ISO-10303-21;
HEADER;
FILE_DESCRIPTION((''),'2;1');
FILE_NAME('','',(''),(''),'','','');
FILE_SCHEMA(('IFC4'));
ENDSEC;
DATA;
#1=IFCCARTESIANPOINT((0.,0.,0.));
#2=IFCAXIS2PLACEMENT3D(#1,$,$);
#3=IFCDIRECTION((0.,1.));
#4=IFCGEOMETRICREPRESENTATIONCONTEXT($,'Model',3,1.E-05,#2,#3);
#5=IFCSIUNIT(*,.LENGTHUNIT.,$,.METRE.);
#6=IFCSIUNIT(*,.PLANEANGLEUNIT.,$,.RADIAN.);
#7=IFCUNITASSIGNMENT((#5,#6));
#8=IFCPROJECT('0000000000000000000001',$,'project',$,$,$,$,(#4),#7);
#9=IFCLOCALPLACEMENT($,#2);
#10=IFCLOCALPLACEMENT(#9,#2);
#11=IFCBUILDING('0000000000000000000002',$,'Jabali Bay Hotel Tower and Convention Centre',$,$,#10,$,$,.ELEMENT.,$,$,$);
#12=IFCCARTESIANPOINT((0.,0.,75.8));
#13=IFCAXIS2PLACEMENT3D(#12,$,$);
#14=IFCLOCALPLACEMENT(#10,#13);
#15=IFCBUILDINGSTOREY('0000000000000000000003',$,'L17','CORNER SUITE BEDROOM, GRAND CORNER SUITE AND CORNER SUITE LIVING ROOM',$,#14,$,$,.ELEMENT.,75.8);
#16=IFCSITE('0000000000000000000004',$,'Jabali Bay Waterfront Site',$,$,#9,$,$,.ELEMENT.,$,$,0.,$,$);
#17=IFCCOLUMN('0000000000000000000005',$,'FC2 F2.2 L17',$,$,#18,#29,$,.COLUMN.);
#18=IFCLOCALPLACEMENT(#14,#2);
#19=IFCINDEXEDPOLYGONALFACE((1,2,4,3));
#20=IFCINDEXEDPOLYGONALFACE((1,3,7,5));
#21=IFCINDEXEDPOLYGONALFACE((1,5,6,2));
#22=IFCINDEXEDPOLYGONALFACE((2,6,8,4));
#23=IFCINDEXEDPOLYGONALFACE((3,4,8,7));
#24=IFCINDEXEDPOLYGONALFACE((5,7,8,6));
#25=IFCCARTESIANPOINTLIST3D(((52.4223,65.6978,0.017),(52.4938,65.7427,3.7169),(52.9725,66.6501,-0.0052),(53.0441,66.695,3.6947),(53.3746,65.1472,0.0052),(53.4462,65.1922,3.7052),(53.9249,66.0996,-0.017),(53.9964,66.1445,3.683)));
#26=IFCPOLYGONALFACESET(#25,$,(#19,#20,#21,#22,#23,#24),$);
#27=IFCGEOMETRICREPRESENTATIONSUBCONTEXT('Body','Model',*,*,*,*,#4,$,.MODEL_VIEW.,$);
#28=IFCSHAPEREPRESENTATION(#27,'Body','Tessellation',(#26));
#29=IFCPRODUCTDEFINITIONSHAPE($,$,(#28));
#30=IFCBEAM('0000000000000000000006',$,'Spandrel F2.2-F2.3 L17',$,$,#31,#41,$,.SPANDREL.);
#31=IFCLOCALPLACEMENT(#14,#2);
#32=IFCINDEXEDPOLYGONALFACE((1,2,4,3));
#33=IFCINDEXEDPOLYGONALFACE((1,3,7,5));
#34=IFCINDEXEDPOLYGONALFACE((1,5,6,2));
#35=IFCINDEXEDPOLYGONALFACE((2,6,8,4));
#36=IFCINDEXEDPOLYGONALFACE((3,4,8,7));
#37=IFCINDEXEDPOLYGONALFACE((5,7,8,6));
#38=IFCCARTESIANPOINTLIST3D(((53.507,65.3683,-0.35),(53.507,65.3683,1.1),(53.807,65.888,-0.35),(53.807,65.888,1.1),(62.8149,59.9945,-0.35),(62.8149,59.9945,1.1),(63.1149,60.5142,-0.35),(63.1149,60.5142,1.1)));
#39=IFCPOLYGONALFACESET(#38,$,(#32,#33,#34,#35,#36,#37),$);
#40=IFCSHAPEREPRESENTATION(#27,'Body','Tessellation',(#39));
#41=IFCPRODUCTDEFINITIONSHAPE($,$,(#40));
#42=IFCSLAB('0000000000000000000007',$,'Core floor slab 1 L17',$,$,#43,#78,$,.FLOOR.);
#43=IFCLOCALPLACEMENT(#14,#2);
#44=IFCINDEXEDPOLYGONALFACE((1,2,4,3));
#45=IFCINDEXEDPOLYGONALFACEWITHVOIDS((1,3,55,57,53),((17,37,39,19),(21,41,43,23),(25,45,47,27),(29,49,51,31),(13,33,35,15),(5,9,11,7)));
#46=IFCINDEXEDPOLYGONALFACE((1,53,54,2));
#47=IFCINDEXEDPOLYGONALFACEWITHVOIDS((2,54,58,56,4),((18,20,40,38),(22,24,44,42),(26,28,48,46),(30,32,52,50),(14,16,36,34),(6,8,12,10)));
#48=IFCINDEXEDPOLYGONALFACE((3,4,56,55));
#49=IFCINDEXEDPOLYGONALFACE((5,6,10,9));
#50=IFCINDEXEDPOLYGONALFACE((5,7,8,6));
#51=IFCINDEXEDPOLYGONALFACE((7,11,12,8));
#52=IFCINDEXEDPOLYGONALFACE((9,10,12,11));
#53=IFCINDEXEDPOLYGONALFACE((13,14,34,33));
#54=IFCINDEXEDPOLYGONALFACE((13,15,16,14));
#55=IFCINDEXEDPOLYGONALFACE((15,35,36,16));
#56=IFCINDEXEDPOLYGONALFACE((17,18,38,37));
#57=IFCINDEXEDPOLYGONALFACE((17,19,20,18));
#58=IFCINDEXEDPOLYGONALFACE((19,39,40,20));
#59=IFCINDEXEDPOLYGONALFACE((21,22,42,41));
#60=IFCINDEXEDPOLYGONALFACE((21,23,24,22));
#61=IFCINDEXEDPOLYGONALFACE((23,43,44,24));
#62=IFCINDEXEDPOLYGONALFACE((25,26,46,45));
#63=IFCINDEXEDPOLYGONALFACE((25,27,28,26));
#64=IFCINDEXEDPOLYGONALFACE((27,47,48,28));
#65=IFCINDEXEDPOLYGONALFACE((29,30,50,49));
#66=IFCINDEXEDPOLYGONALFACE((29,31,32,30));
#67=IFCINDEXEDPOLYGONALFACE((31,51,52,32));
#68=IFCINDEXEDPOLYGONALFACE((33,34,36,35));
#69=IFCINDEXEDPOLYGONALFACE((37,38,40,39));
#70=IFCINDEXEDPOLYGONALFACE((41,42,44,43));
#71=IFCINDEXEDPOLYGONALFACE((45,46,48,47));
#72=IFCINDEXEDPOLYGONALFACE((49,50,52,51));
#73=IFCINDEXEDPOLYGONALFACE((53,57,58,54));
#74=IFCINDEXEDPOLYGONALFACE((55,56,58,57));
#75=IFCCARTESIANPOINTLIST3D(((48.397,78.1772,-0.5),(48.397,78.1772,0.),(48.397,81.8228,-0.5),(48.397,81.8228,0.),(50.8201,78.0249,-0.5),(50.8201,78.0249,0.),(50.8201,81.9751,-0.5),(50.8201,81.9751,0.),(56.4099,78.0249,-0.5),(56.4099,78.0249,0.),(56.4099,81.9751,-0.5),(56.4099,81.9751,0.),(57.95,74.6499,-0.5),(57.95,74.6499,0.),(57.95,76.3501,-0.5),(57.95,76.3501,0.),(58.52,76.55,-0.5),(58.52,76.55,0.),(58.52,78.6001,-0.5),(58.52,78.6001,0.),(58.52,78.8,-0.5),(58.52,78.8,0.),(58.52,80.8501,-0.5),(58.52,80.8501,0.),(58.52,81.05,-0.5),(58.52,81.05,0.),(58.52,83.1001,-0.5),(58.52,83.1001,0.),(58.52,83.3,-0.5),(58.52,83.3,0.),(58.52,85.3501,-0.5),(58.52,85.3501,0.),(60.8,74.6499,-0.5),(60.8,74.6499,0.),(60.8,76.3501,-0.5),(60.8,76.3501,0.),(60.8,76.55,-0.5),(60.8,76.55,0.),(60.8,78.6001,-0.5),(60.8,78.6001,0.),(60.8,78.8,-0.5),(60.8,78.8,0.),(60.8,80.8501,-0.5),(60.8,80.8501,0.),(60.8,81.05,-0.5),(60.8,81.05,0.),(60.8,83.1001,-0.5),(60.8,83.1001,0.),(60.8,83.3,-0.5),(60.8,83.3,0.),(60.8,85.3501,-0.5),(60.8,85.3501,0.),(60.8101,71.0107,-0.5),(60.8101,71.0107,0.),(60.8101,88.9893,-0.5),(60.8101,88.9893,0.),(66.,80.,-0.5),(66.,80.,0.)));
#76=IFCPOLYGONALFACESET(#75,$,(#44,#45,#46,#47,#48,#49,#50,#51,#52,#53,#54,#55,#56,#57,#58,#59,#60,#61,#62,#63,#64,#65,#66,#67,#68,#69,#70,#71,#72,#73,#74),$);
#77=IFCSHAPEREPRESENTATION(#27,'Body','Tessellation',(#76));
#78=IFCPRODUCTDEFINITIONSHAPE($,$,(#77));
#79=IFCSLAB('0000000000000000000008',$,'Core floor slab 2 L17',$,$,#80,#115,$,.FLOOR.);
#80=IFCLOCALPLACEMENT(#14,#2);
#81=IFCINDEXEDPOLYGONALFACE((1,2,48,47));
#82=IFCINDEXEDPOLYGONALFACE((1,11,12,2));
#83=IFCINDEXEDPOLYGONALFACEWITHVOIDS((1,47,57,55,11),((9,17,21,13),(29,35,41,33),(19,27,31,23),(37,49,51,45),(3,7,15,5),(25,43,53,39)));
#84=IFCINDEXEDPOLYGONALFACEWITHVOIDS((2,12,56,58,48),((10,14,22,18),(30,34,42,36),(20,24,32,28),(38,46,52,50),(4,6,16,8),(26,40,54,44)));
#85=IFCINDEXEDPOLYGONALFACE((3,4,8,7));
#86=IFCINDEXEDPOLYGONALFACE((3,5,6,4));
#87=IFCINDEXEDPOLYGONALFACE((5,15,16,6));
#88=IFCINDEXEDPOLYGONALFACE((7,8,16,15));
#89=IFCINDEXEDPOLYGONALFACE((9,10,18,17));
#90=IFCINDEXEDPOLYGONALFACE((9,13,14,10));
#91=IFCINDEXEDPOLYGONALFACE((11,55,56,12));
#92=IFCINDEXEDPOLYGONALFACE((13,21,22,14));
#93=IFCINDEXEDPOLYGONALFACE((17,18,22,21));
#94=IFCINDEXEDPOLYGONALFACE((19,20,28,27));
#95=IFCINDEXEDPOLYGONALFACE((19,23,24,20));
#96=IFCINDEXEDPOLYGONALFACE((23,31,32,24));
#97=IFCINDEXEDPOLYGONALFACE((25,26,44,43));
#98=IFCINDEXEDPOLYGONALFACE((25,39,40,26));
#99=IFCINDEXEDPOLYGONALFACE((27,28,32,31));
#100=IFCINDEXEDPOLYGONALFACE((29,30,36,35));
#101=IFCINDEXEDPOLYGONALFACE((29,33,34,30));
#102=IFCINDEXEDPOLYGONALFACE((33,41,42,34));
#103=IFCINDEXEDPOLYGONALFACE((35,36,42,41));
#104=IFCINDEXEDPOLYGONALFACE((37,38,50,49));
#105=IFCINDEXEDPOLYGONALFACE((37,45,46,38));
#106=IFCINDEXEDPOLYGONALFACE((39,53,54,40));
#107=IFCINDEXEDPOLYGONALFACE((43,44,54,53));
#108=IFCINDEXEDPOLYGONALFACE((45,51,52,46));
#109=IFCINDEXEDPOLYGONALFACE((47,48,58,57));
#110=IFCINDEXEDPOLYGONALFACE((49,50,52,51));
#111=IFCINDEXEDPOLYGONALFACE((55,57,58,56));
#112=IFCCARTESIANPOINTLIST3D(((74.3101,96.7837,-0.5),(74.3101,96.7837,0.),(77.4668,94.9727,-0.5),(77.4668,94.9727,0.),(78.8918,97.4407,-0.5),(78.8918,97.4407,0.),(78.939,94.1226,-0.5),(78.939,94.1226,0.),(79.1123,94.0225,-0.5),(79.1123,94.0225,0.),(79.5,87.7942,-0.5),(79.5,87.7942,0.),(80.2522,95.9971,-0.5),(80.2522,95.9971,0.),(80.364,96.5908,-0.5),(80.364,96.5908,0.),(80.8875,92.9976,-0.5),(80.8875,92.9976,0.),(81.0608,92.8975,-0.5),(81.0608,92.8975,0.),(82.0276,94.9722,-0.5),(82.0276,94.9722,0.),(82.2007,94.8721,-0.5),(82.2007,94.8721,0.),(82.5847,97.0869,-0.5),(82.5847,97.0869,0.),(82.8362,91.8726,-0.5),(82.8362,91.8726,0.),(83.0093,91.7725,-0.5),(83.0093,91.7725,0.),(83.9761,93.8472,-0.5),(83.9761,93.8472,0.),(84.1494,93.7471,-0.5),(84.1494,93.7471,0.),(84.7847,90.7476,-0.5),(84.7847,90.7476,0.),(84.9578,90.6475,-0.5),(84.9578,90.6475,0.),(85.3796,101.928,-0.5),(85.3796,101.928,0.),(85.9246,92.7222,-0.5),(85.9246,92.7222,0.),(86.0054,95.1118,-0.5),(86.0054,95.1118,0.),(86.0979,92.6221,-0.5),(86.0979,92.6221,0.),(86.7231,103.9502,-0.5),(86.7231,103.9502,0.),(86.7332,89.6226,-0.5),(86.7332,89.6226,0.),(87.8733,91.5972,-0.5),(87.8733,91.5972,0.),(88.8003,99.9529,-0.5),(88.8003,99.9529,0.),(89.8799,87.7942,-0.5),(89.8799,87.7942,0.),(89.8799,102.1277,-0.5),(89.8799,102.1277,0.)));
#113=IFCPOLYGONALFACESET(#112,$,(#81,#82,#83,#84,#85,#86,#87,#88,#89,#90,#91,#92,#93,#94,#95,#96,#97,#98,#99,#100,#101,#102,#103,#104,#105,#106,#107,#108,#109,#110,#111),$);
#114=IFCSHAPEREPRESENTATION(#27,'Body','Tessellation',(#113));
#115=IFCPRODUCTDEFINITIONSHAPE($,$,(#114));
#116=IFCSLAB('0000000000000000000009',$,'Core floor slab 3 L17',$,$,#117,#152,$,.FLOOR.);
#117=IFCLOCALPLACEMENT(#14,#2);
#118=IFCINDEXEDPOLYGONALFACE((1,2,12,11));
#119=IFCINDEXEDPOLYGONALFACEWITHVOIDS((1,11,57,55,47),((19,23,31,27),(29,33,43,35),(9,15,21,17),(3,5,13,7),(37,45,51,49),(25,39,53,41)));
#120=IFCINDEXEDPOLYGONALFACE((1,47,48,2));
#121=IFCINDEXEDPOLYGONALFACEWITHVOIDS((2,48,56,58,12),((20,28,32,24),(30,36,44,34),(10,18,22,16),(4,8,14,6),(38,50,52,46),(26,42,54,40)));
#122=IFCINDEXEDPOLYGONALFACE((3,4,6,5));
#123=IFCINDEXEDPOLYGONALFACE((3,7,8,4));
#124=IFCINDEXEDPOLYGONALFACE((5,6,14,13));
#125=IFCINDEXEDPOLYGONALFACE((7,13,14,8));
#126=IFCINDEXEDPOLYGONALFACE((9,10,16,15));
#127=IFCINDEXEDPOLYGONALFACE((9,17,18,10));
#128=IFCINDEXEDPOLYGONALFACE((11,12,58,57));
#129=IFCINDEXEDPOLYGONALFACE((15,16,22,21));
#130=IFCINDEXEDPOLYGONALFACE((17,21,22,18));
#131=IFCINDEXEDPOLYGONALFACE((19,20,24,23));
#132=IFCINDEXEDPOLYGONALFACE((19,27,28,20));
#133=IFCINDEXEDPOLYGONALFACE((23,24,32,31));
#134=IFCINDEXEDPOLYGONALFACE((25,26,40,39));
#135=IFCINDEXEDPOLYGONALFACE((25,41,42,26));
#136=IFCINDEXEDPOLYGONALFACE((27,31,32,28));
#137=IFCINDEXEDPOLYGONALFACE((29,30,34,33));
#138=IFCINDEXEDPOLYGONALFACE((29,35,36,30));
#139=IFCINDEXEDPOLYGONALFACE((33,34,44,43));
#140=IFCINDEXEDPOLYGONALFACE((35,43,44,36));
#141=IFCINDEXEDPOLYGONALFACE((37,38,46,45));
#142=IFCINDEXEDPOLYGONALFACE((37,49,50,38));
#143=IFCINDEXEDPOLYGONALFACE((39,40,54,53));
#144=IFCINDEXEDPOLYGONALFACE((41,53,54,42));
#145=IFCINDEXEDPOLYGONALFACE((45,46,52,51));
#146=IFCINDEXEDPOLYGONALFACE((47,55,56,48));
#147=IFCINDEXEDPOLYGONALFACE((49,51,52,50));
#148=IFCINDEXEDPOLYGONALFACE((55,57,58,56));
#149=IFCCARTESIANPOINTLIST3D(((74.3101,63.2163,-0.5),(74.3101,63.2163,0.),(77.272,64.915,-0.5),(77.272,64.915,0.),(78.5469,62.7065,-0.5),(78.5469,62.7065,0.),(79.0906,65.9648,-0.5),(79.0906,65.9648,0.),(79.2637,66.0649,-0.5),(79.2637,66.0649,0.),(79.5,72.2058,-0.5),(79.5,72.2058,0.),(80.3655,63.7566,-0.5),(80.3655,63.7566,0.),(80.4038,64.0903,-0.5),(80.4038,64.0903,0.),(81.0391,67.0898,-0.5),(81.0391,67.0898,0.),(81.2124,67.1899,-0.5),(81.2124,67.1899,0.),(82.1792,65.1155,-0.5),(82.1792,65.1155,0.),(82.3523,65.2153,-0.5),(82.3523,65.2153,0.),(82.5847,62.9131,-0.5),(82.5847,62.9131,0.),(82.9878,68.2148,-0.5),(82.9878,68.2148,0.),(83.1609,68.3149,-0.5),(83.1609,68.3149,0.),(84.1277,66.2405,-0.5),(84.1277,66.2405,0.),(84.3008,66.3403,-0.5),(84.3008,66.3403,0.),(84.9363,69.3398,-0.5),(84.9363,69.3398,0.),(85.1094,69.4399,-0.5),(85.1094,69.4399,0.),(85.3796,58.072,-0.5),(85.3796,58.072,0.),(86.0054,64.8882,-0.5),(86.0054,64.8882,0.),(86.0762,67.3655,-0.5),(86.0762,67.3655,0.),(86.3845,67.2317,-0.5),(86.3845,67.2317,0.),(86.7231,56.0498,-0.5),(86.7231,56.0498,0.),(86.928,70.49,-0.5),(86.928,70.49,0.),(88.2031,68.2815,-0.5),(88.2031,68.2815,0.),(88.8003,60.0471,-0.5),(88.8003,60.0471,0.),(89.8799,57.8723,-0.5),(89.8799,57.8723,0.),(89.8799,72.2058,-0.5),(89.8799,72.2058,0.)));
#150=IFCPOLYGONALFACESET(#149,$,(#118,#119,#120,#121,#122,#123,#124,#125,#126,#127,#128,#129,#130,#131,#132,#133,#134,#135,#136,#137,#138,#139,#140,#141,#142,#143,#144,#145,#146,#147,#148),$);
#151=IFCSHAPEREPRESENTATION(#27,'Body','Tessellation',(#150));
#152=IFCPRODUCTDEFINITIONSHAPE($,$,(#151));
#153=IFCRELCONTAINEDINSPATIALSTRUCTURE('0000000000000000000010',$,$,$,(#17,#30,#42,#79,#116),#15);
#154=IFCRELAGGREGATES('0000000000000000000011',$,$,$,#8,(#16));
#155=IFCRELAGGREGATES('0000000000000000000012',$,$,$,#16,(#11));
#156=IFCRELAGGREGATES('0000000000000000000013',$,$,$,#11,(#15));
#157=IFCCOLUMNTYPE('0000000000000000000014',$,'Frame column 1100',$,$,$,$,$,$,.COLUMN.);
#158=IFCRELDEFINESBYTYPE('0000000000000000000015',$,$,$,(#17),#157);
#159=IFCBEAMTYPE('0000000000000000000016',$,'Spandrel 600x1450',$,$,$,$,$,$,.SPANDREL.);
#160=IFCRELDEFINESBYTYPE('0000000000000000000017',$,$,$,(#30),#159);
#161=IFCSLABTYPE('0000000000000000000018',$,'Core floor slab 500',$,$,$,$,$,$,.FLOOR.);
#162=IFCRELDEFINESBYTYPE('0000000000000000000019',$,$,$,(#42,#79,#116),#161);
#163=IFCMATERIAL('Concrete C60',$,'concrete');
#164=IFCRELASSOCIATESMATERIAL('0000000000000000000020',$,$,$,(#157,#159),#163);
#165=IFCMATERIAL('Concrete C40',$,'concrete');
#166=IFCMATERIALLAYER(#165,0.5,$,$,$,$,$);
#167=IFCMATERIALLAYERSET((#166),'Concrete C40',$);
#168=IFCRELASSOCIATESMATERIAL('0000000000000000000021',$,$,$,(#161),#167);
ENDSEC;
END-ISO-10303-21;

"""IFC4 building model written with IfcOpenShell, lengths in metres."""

from ifc_helpers import new_model, si_unit, direction, frame, origin, origin_2d, place, context, subcontext, project, spatial, polyline, rectangle, outline, extrude, material, layer, layer_set, material_profile, profile_set, type_object, element, save


model = new_model("IFC4")

# Units and contexts
model_context = context("Model", 3, precision=1e-05, world=origin(), true_north=direction((0.0, 1.0)))
body_context = subcontext(model_context, "Body", "Model", "MODEL_VIEW")
ifc_project = project(units=[si_unit("LENGTHUNIT", "METRE"), si_unit("PLANEANGLEUNIT", "RADIAN")], contexts=[model_context])

# Site, building, storey
site_placement = place(None, origin())
site = spatial("IfcSite", under=ifc_project, at=site_placement, Name="Jabali Bay Waterfront Site", CompositionType="ELEMENT", RefElevation=0.0)
building_placement = place(site_placement, origin())
building = spatial("IfcBuilding", under=site, at=building_placement, Name="Jabali Bay Hotel Tower and Convention Centre", CompositionType="ELEMENT")
storey_placement = place(building_placement, frame((0.0, 0.0, 75.8)))
storey = spatial("IfcBuildingStorey", under=building, at=storey_placement, Name="L17", Description="CORNER SUITE BEDROOM, GRAND CORNER SUITE AND CORNER SUITE LIVING ROOM", CompositionType="ELEMENT", Elevation=75.8)

# Column
ifc_material_1 = material(Name="Concrete C60", Category="concrete")
ifc_material_profile_1 = material_profile(ifc_material_1, rectangle(XDim=1.1001, YDim=1.1001, at=origin_2d()), Name="Frame column 1100")
ifc_profile_set_1 = profile_set([ifc_material_profile_1], Name="Concrete C60")
column_type = type_object("IfcColumnType", Name="Frame column 1100", PredefinedType="COLUMN", material=ifc_profile_set_1)
column_placement = place(storey_placement, frame((53.1736, 65.8987, 0.0), z_axis=(0.019329, 0.012138, 0.99974), x_axis=(-0.865694, 0.50046, 0.010661)))
element("IfcColumn", 1, at=column_placement, inside=storey, type_object=column_type, Name="FC2 F2.2 L17", PredefinedType="COLUMN", context=body_context, shape_type="SweptSolid", body=[
    extrude(rectangle(XDim=1.1001, YDim=1.1001, at=origin_2d()), origin(), (0.0, 0.0, 1.0), 3.7009),
])

# Beam
ifc_material_profile_2 = material_profile(ifc_material_1, rectangle(XDim=0.6001, YDim=1.45, at=origin_2d()), Name="Spandrel 600x1450")
ifc_profile_set_2 = profile_set([ifc_material_profile_2], Name="Concrete C60")
beam_type = type_object("IfcBeamType", Name="Spandrel 600x1450", PredefinedType="SPANDREL", material=ifc_profile_set_2)
beam_placement = place(storey_placement, frame((53.657, 65.6282, 0.375), z_axis=(0.86603, -0.499992, 0.0), x_axis=(0.499992, 0.86603, 0.0)))
element("IfcBeam", 2, at=beam_placement, inside=storey, type_object=beam_type, Name="Spandrel F2.2-F2.3 L17", PredefinedType="SPANDREL", context=body_context, shape_type="SweptSolid", body=[
    extrude(rectangle(XDim=0.6001, YDim=1.45, at=origin_2d()), origin(), (0.0, 0.0, 1.0), 10.7478),
])

# Slabs
ifc_material_2 = material(Name="Concrete C40", Category="concrete")
ifc_layer_1 = layer(ifc_material_2, 0.5)
ifc_layer_set_1 = layer_set([ifc_layer_1], Name="Concrete C40")
slab_type_1 = type_object("IfcSlabType", Name="Core floor slab 500", PredefinedType="FLOOR", material=ifc_layer_set_1)
slab_1_placement = place(storey_placement, frame((0.0, 0.0, -0.5)))
element("IfcSlab", 3, at=slab_1_placement, inside=storey, type_object=slab_type_1, Name="Core floor slab 1 L17", PredefinedType="FLOOR", context=body_context, shape_type="SweptSolid", body=[
    extrude(outline(polyline([(66.0, 80.0), (60.8101, 88.9893), (48.397, 81.8228), (48.397, 78.1772), (60.8101, 71.0107), (66.0, 80.0)]), holes=[polyline([(60.8, 74.6499), (60.8, 76.3501), (57.95, 76.3501), (57.95, 74.6499), (60.8, 74.6499)]), polyline([(58.52, 76.55), (60.8, 76.55), (60.8, 78.6001), (58.52, 78.6001), (58.52, 76.55)]), polyline([(58.52, 78.8), (60.8, 78.8), (60.8, 80.8501), (58.52, 80.8501), (58.52, 78.8)]), polyline([(56.4099, 81.9751), (50.8201, 81.9751), (50.8201, 78.0249), (56.4099, 78.0249), (56.4099, 81.9751)]), polyline([(58.52, 81.05), (60.8, 81.05), (60.8, 83.1001), (58.52, 83.1001), (58.52, 81.05)]), polyline([(58.52, 83.3), (60.8, 83.3), (60.8, 85.3501), (58.52, 85.3501), (58.52, 83.3)])]), origin(), (0.0, 0.0, 1.0), 0.5),
])
slab_2_placement = place(storey_placement, frame((0.0, 0.0, -0.5)))
element("IfcSlab", 4, at=slab_2_placement, inside=storey, type_object=slab_type_1, Name="Core floor slab 2 L17", PredefinedType="FLOOR", context=body_context, shape_type="SweptSolid", body=[
    extrude(outline(polyline([(79.5, 87.7942), (89.8799, 87.7942), (89.8799, 102.1277), (86.7231, 103.9502), (74.3101, 96.7837), (79.5, 87.7942)]), holes=[polyline([(84.9578, 90.6475), (86.7332, 89.6226), (87.8733, 91.5972), (86.0979, 92.6221), (84.9578, 90.6475)]), polyline([(84.1494, 93.7471), (83.0093, 91.7725), (84.7847, 90.7476), (85.9246, 92.7222), (84.1494, 93.7471)]), polyline([(82.2007, 94.8721), (81.0608, 92.8975), (82.8362, 91.8726), (83.9761, 93.8472), (82.2007, 94.8721)]), polyline([(79.1123, 94.0225), (80.8875, 92.9976), (82.0276, 94.9722), (80.2522, 95.9971), (79.1123, 94.0225)]), polyline([(78.8918, 97.4407), (77.4668, 94.9727), (78.939, 94.1226), (80.364, 96.5908), (78.8918, 97.4407)]), polyline([(82.5847, 97.0869), (86.0054, 95.1118), (88.8003, 99.9529), (85.3796, 101.928), (82.5847, 97.0869)])]), origin(), (0.0, 0.0, 1.0), 0.5),
])
slab_3_placement = place(storey_placement, frame((0.0, 0.0, -0.5)))
element("IfcSlab", 5, at=slab_3_placement, inside=storey, type_object=slab_type_1, Name="Core floor slab 3 L17", PredefinedType="FLOOR", context=body_context, shape_type="SweptSolid", body=[
    extrude(outline(polyline([(79.5, 72.2058), (74.3101, 63.2163), (86.7231, 56.0498), (89.8799, 57.8723), (89.8799, 72.2058), (79.5, 72.2058)]), holes=[polyline([(82.5847, 62.9131), (85.3796, 58.072), (88.8003, 60.0471), (86.0054, 64.8882), (82.5847, 62.9131)]), polyline([(80.3655, 63.7566), (79.0906, 65.9648), (77.272, 64.915), (78.5469, 62.7065), (80.3655, 63.7566)]), polyline([(82.1792, 65.1155), (81.0391, 67.0898), (79.2637, 66.0649), (80.4038, 64.0903), (82.1792, 65.1155)]), polyline([(82.9878, 68.2148), (81.2124, 67.1899), (82.3523, 65.2153), (84.1277, 66.2405), (82.9878, 68.2148)]), polyline([(86.0762, 67.3655), (84.9363, 69.3398), (83.1609, 68.3149), (84.3008, 66.3403), (86.0762, 67.3655)]), polyline([(88.2031, 68.2815), (86.928, 70.49), (85.1094, 69.4399), (86.3845, 67.2317), (88.2031, 68.2815)])]), origin(), (0.0, 0.0, 1.0), 0.5),
])

save(model, "model.ifc")
